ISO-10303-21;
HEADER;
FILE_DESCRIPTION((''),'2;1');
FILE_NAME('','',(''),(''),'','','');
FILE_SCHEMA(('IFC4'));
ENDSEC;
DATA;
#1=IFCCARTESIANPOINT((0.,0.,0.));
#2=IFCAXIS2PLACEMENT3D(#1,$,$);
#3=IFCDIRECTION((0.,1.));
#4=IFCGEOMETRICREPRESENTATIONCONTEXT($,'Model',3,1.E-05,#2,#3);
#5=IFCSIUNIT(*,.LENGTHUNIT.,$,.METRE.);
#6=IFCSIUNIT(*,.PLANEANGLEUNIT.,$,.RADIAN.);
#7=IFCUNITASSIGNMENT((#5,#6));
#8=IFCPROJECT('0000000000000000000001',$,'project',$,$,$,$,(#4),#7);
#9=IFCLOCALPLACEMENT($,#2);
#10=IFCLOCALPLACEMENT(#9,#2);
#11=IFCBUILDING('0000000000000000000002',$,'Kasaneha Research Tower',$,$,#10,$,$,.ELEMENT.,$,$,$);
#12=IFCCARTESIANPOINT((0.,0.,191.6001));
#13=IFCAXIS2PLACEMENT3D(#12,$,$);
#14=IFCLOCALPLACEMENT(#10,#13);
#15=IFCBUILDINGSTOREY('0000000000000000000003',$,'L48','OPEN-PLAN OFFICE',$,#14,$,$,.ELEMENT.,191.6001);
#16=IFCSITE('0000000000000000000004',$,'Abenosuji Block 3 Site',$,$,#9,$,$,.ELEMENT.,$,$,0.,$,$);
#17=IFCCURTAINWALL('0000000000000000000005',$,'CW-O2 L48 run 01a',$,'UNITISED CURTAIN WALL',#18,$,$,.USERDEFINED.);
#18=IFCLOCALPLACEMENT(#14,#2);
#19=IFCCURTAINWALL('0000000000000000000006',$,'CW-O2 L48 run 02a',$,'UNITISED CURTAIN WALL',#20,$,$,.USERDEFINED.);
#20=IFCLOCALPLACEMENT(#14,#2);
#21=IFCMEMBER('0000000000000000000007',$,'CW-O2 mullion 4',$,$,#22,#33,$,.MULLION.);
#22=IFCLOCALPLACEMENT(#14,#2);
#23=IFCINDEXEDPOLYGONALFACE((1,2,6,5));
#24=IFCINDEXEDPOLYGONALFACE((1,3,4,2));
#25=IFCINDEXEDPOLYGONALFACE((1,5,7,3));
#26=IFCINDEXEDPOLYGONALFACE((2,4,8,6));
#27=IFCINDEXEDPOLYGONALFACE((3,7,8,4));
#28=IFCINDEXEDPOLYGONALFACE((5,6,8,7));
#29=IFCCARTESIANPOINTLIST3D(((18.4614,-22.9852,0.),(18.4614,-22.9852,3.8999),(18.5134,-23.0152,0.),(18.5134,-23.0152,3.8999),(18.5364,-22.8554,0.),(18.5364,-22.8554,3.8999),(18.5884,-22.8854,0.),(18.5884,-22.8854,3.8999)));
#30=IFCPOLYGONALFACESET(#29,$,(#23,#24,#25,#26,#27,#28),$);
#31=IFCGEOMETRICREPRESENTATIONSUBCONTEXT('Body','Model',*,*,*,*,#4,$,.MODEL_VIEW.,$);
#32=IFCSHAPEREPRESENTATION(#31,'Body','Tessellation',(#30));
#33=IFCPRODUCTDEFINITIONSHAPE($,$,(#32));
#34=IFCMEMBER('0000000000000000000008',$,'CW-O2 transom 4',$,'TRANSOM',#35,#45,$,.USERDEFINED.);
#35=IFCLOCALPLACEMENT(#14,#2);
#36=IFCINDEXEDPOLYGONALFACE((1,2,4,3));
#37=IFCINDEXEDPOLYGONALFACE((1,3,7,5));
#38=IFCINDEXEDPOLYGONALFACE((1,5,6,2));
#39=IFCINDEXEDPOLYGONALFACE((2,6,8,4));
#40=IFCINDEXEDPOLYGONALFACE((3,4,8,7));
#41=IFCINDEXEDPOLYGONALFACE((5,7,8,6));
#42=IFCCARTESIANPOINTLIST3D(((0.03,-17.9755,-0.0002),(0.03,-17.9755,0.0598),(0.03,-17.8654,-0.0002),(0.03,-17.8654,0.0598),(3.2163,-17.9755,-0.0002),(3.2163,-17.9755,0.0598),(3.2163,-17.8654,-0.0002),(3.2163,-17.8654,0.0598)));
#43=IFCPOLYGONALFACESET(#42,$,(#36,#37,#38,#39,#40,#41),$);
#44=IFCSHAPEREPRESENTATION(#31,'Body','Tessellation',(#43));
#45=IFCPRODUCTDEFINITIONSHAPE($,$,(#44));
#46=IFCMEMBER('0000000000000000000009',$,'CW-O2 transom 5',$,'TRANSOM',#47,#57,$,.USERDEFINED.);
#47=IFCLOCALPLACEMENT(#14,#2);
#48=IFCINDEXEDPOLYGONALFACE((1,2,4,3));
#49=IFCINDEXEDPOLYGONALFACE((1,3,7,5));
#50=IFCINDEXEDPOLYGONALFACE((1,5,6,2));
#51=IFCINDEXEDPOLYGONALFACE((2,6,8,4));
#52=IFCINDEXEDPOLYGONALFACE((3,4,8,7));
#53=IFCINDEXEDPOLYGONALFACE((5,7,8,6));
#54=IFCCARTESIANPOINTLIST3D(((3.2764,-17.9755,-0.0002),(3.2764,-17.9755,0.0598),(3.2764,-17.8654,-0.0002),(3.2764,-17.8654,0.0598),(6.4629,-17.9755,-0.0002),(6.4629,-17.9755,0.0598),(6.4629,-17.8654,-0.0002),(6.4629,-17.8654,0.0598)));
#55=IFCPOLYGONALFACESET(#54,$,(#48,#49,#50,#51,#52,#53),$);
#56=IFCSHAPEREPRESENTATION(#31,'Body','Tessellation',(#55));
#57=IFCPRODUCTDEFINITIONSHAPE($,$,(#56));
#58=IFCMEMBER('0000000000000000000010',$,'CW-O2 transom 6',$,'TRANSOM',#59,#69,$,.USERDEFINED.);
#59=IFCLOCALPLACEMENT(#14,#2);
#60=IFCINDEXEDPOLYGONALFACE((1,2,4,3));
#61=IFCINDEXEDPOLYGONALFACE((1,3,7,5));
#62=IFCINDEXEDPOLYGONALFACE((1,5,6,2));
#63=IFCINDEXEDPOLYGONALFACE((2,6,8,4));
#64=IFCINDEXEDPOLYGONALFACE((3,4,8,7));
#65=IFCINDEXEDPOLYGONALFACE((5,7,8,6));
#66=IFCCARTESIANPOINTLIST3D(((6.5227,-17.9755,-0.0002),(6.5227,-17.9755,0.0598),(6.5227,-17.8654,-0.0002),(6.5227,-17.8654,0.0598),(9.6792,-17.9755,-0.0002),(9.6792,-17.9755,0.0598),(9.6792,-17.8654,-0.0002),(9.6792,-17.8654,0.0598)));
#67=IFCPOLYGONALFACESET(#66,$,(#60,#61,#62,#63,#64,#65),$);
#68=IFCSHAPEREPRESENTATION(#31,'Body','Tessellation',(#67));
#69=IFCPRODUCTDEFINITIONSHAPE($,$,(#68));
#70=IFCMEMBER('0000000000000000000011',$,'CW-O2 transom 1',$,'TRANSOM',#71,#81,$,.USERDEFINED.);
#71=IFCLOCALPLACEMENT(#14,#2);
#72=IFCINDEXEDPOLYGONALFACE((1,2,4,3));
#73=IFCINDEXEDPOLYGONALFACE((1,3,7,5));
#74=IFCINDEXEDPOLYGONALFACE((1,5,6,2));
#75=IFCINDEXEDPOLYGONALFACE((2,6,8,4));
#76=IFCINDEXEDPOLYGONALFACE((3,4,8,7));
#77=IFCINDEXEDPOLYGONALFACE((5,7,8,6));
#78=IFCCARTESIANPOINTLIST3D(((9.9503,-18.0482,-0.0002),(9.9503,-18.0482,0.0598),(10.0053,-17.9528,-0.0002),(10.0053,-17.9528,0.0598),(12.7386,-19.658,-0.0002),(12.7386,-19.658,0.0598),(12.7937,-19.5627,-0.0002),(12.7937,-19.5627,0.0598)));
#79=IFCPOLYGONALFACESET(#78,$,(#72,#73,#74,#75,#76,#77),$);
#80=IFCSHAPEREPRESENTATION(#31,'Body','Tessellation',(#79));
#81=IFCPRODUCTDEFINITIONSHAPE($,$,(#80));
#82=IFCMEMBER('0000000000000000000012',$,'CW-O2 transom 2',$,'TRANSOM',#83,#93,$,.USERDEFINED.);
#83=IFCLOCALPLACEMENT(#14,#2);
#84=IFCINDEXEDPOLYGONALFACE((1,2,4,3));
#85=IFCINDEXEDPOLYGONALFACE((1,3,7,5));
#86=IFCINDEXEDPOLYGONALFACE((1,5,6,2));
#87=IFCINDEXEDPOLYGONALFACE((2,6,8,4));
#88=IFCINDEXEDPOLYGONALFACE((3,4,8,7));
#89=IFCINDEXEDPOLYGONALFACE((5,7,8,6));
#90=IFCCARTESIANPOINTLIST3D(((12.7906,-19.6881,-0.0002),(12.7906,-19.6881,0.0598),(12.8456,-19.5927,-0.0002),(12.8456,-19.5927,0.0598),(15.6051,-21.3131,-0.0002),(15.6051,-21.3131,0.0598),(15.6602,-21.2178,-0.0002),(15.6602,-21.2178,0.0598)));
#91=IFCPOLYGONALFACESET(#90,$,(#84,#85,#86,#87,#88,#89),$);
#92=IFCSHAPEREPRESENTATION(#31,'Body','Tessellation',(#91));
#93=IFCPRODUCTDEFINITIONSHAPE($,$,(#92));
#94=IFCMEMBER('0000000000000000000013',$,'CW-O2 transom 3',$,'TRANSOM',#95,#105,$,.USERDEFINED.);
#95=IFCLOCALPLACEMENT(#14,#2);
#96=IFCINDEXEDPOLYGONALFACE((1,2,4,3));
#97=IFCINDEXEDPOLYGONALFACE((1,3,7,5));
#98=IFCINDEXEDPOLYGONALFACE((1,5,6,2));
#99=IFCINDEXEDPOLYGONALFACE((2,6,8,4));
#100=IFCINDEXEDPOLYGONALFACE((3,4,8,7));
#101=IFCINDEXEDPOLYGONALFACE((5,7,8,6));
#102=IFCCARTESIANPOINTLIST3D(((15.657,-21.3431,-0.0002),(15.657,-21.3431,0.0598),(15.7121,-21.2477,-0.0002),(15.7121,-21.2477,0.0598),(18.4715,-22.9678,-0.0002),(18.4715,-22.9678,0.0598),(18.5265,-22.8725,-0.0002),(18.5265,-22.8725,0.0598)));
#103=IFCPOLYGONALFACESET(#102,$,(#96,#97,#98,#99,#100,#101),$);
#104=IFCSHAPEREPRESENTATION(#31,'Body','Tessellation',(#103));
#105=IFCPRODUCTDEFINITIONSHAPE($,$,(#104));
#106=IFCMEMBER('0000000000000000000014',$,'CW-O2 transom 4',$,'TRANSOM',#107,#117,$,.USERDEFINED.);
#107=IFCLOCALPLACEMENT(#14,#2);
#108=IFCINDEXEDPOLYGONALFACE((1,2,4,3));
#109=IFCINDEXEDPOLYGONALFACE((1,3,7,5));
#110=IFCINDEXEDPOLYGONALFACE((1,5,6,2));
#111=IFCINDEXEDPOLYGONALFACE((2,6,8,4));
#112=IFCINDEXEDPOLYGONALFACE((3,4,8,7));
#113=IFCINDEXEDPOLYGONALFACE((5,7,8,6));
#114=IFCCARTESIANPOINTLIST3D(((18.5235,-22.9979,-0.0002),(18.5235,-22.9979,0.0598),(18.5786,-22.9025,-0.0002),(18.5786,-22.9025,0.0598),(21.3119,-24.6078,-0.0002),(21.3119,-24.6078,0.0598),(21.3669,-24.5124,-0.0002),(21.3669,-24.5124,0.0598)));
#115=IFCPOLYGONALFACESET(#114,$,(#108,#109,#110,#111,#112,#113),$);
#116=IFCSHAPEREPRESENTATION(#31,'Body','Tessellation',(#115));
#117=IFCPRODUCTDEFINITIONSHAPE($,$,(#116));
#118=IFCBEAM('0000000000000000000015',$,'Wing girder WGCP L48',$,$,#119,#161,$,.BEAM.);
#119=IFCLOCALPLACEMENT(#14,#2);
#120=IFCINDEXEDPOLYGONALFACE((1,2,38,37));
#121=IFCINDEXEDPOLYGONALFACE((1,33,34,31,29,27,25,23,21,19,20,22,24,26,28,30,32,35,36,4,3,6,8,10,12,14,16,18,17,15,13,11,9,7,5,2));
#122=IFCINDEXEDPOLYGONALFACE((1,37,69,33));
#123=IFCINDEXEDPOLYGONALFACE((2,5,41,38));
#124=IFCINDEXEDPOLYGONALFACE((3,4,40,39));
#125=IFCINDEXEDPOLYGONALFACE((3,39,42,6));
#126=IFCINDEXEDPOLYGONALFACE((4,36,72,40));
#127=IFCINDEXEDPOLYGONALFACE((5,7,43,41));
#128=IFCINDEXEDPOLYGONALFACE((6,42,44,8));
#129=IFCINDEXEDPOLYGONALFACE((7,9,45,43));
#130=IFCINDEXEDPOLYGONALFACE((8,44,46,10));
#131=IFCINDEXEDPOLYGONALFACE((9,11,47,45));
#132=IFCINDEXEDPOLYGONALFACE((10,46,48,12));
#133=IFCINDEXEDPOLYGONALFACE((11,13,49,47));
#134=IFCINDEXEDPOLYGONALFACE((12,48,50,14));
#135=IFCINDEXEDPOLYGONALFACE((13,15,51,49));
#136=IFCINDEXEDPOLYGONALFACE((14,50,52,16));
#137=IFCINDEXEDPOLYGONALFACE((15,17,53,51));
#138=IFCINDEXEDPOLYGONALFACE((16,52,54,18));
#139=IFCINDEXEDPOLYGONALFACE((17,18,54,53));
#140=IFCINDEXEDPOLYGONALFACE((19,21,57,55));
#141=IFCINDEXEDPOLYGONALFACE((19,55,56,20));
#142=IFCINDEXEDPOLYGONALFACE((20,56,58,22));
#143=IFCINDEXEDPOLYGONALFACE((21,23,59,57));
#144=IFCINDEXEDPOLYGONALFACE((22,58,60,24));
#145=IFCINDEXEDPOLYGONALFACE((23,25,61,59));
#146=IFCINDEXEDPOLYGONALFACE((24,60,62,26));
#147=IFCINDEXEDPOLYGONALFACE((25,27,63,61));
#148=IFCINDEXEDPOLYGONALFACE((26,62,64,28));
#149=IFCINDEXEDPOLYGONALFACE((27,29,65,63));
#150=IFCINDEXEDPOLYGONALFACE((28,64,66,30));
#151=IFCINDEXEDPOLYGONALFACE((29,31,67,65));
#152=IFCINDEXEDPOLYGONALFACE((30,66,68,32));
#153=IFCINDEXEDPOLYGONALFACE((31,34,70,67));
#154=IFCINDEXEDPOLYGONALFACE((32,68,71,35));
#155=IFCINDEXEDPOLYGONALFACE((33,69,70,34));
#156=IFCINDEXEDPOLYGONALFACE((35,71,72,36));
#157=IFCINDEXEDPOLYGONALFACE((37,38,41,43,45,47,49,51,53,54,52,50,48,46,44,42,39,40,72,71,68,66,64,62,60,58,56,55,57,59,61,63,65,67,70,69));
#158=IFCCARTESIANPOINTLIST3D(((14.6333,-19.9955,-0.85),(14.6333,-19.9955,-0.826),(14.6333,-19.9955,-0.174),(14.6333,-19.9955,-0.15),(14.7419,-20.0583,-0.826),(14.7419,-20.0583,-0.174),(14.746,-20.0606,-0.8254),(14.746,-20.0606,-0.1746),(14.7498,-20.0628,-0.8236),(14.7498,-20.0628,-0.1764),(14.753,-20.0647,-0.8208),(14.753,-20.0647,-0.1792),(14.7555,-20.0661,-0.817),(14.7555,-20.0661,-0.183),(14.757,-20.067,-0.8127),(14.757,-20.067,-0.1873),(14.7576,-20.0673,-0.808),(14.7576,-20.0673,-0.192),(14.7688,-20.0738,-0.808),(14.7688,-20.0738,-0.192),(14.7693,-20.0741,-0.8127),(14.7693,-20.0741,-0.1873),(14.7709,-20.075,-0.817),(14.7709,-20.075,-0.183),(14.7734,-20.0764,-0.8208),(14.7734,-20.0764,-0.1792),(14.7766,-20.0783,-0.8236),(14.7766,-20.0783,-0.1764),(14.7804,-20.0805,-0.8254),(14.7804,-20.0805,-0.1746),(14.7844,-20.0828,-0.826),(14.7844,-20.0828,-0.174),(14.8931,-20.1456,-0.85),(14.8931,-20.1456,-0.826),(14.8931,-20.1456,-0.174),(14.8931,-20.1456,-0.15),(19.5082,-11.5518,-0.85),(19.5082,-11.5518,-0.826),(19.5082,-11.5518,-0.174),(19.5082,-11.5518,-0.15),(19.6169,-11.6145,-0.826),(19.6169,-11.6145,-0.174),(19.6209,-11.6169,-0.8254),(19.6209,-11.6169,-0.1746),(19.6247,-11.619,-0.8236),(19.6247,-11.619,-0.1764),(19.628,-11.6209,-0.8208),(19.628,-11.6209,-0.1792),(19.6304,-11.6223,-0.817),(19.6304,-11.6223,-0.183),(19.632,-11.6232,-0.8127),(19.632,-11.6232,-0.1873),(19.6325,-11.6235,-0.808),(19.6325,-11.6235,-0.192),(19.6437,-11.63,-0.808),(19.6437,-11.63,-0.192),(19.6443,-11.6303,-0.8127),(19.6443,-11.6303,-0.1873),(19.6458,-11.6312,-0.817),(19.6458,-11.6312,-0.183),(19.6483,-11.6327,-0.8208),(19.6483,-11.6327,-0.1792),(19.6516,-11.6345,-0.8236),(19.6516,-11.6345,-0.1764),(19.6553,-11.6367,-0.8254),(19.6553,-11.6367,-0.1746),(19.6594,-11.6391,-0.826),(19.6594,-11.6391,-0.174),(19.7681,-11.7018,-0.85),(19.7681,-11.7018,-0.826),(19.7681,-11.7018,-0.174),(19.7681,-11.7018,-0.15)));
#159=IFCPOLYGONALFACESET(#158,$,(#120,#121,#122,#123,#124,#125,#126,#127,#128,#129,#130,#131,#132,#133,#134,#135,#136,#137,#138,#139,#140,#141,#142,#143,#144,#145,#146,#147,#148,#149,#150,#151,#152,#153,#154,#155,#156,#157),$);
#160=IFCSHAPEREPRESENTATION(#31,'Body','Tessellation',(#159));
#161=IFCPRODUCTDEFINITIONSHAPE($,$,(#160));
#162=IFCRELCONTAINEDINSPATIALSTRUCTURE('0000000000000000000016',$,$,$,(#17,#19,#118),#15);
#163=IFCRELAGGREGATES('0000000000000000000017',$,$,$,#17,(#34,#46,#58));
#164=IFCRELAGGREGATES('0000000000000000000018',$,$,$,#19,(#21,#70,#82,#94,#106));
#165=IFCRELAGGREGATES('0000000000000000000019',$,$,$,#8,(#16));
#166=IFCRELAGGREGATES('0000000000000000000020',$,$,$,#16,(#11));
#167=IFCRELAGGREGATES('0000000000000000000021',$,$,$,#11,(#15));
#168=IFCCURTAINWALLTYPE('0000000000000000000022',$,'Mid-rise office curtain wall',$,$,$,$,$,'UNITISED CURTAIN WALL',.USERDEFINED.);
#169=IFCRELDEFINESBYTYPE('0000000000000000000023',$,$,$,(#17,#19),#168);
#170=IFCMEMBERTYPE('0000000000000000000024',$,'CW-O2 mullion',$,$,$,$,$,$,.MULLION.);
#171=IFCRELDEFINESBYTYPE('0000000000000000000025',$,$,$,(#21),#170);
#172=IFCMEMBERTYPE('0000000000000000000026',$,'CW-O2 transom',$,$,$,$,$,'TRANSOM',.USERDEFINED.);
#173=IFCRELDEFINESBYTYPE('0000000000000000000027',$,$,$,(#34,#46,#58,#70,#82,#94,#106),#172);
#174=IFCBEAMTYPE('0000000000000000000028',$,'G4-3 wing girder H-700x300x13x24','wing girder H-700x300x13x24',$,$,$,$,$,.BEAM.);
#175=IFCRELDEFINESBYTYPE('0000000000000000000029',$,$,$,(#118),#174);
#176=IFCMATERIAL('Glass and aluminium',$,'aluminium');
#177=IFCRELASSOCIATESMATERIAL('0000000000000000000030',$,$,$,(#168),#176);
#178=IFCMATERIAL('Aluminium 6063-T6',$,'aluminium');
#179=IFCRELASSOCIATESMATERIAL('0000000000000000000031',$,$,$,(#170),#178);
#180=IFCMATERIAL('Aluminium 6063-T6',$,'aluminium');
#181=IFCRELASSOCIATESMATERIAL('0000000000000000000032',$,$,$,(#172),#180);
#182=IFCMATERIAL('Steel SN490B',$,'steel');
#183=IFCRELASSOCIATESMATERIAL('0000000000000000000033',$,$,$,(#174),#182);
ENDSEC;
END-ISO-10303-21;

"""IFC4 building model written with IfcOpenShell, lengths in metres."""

from ifc_helpers import new_model, si_unit, direction, frame, origin, origin_2d, place, context, subcontext, project, spatial, rectangle, i_section, extrude, material, material_profile, profile_set, type_object, element, aggregate, save


model = new_model("IFC4")

# Units and contexts
model_context = context("Model", 3, precision=1e-05, world=origin(), true_north=direction((0.0, 1.0)))
body_context = subcontext(model_context, "Body", "Model", "MODEL_VIEW")
ifc_project = project(units=[si_unit("LENGTHUNIT", "METRE"), si_unit("PLANEANGLEUNIT", "RADIAN")], contexts=[model_context])

# Site, building, storey
site_placement = place(None, origin())
site = spatial("IfcSite", under=ifc_project, at=site_placement, Name="Abenosuji Block 3 Site", CompositionType="ELEMENT", RefElevation=0.0)
building_placement = place(site_placement, origin())
building = spatial("IfcBuilding", under=site, at=building_placement, Name="Kasaneha Research Tower", CompositionType="ELEMENT")
storey_placement = place(building_placement, frame((0.0, 0.0, 191.6001)))
storey = spatial("IfcBuildingStorey", under=building, at=storey_placement, Name="L48", Description="OPEN-PLAN OFFICE", CompositionType="ELEMENT", Elevation=191.6001)

# Curtain walls, member
ifc_material_1 = material(Name="Glass and aluminium", Category="aluminium")
curtain_wall_type = type_object("IfcCurtainWallType", Name="Mid-rise office curtain wall", ElementType="UNITISED CURTAIN WALL", PredefinedType="USERDEFINED", material=ifc_material_1)
curtain_wall_1_placement = place(storey_placement, origin())
curtain_wall_1 = element("IfcCurtainWall", 1, at=curtain_wall_1_placement, inside=storey, type_object=curtain_wall_type, Name="CW-O2 L48 run 01a", ObjectType="UNITISED CURTAIN WALL", PredefinedType="USERDEFINED")
ifc_material_2 = material(Name="Aluminium 6063-T6", Category="aluminium")
ifc_material_profile_1 = material_profile(ifc_material_2, rectangle(XDim=0.0601, YDim=0.1499, at=origin_2d()), Name="CW-O2 mullion 60x150")
ifc_profile_set_1 = profile_set([ifc_material_profile_1], Name="Aluminium 6063-T6")
member_type_1 = type_object("IfcMemberType", Name="CW-O2 mullion", PredefinedType="MULLION", material=ifc_profile_set_1)
curtain_wall_2_placement = place(storey_placement, origin())
curtain_wall_2 = element("IfcCurtainWall", 2, at=curtain_wall_2_placement, inside=storey, type_object=curtain_wall_type, Name="CW-O2 L48 run 02a", ObjectType="UNITISED CURTAIN WALL", PredefinedType="USERDEFINED")
member_1_placement = place(storey_placement, frame((18.5249, -22.9353, 0.0), z_axis=(0.0, 0.0, 1.0), x_axis=(0.866025, -0.5, 0.0)))
member_1 = element("IfcMember", 3, at=member_1_placement, type_object=member_type_1, Name="CW-O2 mullion 4", PredefinedType="MULLION", context=body_context, shape_type="SweptSolid", body=[
    extrude(rectangle(XDim=0.0601, YDim=0.1499, at=origin_2d()), origin(), (0.0, 0.0, 1.0), 3.8999),
])

# Members
ifc_material_3 = material(Name="Aluminium 6063-T6", Category="aluminium")
ifc_material_profile_2 = material_profile(ifc_material_3, rectangle(XDim=0.1101, YDim=0.0601, at=origin_2d()), Name="CW-O2 transom 110x60")
ifc_profile_set_2 = profile_set([ifc_material_profile_2], Name="Aluminium 6063-T6")
member_type_2 = type_object("IfcMemberType", Name="CW-O2 transom", ElementType="TRANSOM", PredefinedType="USERDEFINED", material=ifc_profile_set_2)
member_2_placement = place(storey_placement, frame((0.03, -17.9204, 0.0298), z_axis=(1.0, 0.0, 0.0), x_axis=(0.0, 1.0, 0.0)))
member_2 = element("IfcMember", 4, at=member_2_placement, type_object=member_type_2, Name="CW-O2 transom 4", ObjectType="TRANSOM", PredefinedType="USERDEFINED", context=body_context, shape_type="SweptSolid", body=[
    extrude(rectangle(XDim=0.1101, YDim=0.0601, at=origin_2d()), origin(), (0.0, 0.0, 1.0), 3.1863),
])
member_3_placement = place(storey_placement, frame((3.2764, -17.9204, 0.0298), z_axis=(1.0, 0.0, 0.0), x_axis=(0.0, 1.0, 0.0)))
member_3 = element("IfcMember", 5, at=member_3_placement, type_object=member_type_2, Name="CW-O2 transom 5", ObjectType="TRANSOM", PredefinedType="USERDEFINED", context=body_context, shape_type="SweptSolid", body=[
    extrude(rectangle(XDim=0.1101, YDim=0.0601, at=origin_2d()), origin(), (0.0, 0.0, 1.0), 3.1865),
])
member_4_placement = place(storey_placement, frame((6.5227, -17.9204, 0.0298), z_axis=(1.0, 0.0, 0.0), x_axis=(0.0, 1.0, 0.0)))
member_4 = element("IfcMember", 6, at=member_4_placement, type_object=member_type_2, Name="CW-O2 transom 6", ObjectType="TRANSOM", PredefinedType="USERDEFINED", context=body_context, shape_type="SweptSolid", body=[
    extrude(rectangle(XDim=0.1101, YDim=0.0601, at=origin_2d()), origin(), (0.0, 0.0, 1.0), 3.1565),
])
member_5_placement = place(storey_placement, frame((9.9778, -18.0005, 0.0298), z_axis=(0.866023, -0.500005, 0.0), x_axis=(0.500005, 0.866023, 0.0)))
member_5 = element("IfcMember", 7, at=member_5_placement, type_object=member_type_2, Name="CW-O2 transom 1", ObjectType="TRANSOM", PredefinedType="USERDEFINED", context=body_context, shape_type="SweptSolid", body=[
    extrude(rectangle(XDim=0.1101, YDim=0.0601, at=origin_2d()), origin(), (0.0, 0.0, 1.0), 3.2197),
])
member_6_placement = place(storey_placement, frame((12.8181, -19.6404, 0.0298), z_axis=(0.866015, -0.500017, 0.0), x_axis=(0.500017, 0.866015, 0.0)))
member_6 = element("IfcMember", 8, at=member_6_placement, type_object=member_type_2, Name="CW-O2 transom 2", ObjectType="TRANSOM", PredefinedType="USERDEFINED", context=body_context, shape_type="SweptSolid", body=[
    extrude(rectangle(XDim=0.1101, YDim=0.0601, at=origin_2d()), origin(), (0.0, 0.0, 1.0), 3.25),
])
member_7_placement = place(storey_placement, frame((15.6846, -21.2954, 0.0298), z_axis=(0.866048, -0.499961, 0.0), x_axis=(0.499961, 0.866048, 0.0)))
member_7 = element("IfcMember", 9, at=member_7_placement, type_object=member_type_2, Name="CW-O2 transom 3", ObjectType="TRANSOM", PredefinedType="USERDEFINED", context=body_context, shape_type="SweptSolid", body=[
    extrude(rectangle(XDim=0.1101, YDim=0.0601, at=origin_2d()), origin(), (0.0, 0.0, 1.0), 3.2498),
])
member_8_placement = place(storey_placement, frame((18.551, -22.9502, 0.0298), z_axis=(0.866023, -0.500005, 0.0), x_axis=(0.500005, 0.866023, 0.0)))
member_8 = element("IfcMember", 10, at=member_8_placement, type_object=member_type_2, Name="CW-O2 transom 4", ObjectType="TRANSOM", PredefinedType="USERDEFINED", context=body_context, shape_type="SweptSolid", body=[
    extrude(rectangle(XDim=0.1101, YDim=0.0601, at=origin_2d()), origin(), (0.0, 0.0, 1.0), 3.2197),
])

# Beam
ifc_material_4 = material(Name="Steel SN490B", Category="steel")
ifc_material_profile_3 = material_profile(ifc_material_4, i_section(OverallWidth=0.3, OverallDepth=0.7, WebThickness=0.0129, FlangeThickness=0.0239, FilletRadius=0.0181, at=origin_2d()), Name="H-700x300x13x24")
ifc_profile_set_3 = profile_set([ifc_material_profile_3], Name="Steel SN490B")
beam_type_1 = type_object("IfcBeamType", Name="G4-3 wing girder H-700x300x13x24", Description="wing girder H-700x300x13x24", PredefinedType="BEAM", material=ifc_profile_set_3)
beam_1_placement = place(storey_placement, frame((14.7632, -20.0706, -0.5), z_axis=(0.499996, 0.866028, 0.0), x_axis=(-0.866028, 0.499996, 0.0)))
element("IfcBeam", 11, at=beam_1_placement, inside=storey, type_object=beam_type_1, Name="Wing girder WGCP L48", PredefinedType="BEAM", context=body_context, shape_type="SweptSolid", body=[
    extrude(i_section(OverallWidth=0.3, OverallDepth=0.7, WebThickness=0.0129, FlangeThickness=0.0239, FilletRadius=0.0181, at=origin_2d()), origin(), (0.0, 0.0, 1.0), 9.75),
])

aggregate(curtain_wall_1, [member_2, member_3, member_4])
aggregate(curtain_wall_2, [member_1, member_5, member_6, member_7, member_8])

save(model, "model.ifc")
